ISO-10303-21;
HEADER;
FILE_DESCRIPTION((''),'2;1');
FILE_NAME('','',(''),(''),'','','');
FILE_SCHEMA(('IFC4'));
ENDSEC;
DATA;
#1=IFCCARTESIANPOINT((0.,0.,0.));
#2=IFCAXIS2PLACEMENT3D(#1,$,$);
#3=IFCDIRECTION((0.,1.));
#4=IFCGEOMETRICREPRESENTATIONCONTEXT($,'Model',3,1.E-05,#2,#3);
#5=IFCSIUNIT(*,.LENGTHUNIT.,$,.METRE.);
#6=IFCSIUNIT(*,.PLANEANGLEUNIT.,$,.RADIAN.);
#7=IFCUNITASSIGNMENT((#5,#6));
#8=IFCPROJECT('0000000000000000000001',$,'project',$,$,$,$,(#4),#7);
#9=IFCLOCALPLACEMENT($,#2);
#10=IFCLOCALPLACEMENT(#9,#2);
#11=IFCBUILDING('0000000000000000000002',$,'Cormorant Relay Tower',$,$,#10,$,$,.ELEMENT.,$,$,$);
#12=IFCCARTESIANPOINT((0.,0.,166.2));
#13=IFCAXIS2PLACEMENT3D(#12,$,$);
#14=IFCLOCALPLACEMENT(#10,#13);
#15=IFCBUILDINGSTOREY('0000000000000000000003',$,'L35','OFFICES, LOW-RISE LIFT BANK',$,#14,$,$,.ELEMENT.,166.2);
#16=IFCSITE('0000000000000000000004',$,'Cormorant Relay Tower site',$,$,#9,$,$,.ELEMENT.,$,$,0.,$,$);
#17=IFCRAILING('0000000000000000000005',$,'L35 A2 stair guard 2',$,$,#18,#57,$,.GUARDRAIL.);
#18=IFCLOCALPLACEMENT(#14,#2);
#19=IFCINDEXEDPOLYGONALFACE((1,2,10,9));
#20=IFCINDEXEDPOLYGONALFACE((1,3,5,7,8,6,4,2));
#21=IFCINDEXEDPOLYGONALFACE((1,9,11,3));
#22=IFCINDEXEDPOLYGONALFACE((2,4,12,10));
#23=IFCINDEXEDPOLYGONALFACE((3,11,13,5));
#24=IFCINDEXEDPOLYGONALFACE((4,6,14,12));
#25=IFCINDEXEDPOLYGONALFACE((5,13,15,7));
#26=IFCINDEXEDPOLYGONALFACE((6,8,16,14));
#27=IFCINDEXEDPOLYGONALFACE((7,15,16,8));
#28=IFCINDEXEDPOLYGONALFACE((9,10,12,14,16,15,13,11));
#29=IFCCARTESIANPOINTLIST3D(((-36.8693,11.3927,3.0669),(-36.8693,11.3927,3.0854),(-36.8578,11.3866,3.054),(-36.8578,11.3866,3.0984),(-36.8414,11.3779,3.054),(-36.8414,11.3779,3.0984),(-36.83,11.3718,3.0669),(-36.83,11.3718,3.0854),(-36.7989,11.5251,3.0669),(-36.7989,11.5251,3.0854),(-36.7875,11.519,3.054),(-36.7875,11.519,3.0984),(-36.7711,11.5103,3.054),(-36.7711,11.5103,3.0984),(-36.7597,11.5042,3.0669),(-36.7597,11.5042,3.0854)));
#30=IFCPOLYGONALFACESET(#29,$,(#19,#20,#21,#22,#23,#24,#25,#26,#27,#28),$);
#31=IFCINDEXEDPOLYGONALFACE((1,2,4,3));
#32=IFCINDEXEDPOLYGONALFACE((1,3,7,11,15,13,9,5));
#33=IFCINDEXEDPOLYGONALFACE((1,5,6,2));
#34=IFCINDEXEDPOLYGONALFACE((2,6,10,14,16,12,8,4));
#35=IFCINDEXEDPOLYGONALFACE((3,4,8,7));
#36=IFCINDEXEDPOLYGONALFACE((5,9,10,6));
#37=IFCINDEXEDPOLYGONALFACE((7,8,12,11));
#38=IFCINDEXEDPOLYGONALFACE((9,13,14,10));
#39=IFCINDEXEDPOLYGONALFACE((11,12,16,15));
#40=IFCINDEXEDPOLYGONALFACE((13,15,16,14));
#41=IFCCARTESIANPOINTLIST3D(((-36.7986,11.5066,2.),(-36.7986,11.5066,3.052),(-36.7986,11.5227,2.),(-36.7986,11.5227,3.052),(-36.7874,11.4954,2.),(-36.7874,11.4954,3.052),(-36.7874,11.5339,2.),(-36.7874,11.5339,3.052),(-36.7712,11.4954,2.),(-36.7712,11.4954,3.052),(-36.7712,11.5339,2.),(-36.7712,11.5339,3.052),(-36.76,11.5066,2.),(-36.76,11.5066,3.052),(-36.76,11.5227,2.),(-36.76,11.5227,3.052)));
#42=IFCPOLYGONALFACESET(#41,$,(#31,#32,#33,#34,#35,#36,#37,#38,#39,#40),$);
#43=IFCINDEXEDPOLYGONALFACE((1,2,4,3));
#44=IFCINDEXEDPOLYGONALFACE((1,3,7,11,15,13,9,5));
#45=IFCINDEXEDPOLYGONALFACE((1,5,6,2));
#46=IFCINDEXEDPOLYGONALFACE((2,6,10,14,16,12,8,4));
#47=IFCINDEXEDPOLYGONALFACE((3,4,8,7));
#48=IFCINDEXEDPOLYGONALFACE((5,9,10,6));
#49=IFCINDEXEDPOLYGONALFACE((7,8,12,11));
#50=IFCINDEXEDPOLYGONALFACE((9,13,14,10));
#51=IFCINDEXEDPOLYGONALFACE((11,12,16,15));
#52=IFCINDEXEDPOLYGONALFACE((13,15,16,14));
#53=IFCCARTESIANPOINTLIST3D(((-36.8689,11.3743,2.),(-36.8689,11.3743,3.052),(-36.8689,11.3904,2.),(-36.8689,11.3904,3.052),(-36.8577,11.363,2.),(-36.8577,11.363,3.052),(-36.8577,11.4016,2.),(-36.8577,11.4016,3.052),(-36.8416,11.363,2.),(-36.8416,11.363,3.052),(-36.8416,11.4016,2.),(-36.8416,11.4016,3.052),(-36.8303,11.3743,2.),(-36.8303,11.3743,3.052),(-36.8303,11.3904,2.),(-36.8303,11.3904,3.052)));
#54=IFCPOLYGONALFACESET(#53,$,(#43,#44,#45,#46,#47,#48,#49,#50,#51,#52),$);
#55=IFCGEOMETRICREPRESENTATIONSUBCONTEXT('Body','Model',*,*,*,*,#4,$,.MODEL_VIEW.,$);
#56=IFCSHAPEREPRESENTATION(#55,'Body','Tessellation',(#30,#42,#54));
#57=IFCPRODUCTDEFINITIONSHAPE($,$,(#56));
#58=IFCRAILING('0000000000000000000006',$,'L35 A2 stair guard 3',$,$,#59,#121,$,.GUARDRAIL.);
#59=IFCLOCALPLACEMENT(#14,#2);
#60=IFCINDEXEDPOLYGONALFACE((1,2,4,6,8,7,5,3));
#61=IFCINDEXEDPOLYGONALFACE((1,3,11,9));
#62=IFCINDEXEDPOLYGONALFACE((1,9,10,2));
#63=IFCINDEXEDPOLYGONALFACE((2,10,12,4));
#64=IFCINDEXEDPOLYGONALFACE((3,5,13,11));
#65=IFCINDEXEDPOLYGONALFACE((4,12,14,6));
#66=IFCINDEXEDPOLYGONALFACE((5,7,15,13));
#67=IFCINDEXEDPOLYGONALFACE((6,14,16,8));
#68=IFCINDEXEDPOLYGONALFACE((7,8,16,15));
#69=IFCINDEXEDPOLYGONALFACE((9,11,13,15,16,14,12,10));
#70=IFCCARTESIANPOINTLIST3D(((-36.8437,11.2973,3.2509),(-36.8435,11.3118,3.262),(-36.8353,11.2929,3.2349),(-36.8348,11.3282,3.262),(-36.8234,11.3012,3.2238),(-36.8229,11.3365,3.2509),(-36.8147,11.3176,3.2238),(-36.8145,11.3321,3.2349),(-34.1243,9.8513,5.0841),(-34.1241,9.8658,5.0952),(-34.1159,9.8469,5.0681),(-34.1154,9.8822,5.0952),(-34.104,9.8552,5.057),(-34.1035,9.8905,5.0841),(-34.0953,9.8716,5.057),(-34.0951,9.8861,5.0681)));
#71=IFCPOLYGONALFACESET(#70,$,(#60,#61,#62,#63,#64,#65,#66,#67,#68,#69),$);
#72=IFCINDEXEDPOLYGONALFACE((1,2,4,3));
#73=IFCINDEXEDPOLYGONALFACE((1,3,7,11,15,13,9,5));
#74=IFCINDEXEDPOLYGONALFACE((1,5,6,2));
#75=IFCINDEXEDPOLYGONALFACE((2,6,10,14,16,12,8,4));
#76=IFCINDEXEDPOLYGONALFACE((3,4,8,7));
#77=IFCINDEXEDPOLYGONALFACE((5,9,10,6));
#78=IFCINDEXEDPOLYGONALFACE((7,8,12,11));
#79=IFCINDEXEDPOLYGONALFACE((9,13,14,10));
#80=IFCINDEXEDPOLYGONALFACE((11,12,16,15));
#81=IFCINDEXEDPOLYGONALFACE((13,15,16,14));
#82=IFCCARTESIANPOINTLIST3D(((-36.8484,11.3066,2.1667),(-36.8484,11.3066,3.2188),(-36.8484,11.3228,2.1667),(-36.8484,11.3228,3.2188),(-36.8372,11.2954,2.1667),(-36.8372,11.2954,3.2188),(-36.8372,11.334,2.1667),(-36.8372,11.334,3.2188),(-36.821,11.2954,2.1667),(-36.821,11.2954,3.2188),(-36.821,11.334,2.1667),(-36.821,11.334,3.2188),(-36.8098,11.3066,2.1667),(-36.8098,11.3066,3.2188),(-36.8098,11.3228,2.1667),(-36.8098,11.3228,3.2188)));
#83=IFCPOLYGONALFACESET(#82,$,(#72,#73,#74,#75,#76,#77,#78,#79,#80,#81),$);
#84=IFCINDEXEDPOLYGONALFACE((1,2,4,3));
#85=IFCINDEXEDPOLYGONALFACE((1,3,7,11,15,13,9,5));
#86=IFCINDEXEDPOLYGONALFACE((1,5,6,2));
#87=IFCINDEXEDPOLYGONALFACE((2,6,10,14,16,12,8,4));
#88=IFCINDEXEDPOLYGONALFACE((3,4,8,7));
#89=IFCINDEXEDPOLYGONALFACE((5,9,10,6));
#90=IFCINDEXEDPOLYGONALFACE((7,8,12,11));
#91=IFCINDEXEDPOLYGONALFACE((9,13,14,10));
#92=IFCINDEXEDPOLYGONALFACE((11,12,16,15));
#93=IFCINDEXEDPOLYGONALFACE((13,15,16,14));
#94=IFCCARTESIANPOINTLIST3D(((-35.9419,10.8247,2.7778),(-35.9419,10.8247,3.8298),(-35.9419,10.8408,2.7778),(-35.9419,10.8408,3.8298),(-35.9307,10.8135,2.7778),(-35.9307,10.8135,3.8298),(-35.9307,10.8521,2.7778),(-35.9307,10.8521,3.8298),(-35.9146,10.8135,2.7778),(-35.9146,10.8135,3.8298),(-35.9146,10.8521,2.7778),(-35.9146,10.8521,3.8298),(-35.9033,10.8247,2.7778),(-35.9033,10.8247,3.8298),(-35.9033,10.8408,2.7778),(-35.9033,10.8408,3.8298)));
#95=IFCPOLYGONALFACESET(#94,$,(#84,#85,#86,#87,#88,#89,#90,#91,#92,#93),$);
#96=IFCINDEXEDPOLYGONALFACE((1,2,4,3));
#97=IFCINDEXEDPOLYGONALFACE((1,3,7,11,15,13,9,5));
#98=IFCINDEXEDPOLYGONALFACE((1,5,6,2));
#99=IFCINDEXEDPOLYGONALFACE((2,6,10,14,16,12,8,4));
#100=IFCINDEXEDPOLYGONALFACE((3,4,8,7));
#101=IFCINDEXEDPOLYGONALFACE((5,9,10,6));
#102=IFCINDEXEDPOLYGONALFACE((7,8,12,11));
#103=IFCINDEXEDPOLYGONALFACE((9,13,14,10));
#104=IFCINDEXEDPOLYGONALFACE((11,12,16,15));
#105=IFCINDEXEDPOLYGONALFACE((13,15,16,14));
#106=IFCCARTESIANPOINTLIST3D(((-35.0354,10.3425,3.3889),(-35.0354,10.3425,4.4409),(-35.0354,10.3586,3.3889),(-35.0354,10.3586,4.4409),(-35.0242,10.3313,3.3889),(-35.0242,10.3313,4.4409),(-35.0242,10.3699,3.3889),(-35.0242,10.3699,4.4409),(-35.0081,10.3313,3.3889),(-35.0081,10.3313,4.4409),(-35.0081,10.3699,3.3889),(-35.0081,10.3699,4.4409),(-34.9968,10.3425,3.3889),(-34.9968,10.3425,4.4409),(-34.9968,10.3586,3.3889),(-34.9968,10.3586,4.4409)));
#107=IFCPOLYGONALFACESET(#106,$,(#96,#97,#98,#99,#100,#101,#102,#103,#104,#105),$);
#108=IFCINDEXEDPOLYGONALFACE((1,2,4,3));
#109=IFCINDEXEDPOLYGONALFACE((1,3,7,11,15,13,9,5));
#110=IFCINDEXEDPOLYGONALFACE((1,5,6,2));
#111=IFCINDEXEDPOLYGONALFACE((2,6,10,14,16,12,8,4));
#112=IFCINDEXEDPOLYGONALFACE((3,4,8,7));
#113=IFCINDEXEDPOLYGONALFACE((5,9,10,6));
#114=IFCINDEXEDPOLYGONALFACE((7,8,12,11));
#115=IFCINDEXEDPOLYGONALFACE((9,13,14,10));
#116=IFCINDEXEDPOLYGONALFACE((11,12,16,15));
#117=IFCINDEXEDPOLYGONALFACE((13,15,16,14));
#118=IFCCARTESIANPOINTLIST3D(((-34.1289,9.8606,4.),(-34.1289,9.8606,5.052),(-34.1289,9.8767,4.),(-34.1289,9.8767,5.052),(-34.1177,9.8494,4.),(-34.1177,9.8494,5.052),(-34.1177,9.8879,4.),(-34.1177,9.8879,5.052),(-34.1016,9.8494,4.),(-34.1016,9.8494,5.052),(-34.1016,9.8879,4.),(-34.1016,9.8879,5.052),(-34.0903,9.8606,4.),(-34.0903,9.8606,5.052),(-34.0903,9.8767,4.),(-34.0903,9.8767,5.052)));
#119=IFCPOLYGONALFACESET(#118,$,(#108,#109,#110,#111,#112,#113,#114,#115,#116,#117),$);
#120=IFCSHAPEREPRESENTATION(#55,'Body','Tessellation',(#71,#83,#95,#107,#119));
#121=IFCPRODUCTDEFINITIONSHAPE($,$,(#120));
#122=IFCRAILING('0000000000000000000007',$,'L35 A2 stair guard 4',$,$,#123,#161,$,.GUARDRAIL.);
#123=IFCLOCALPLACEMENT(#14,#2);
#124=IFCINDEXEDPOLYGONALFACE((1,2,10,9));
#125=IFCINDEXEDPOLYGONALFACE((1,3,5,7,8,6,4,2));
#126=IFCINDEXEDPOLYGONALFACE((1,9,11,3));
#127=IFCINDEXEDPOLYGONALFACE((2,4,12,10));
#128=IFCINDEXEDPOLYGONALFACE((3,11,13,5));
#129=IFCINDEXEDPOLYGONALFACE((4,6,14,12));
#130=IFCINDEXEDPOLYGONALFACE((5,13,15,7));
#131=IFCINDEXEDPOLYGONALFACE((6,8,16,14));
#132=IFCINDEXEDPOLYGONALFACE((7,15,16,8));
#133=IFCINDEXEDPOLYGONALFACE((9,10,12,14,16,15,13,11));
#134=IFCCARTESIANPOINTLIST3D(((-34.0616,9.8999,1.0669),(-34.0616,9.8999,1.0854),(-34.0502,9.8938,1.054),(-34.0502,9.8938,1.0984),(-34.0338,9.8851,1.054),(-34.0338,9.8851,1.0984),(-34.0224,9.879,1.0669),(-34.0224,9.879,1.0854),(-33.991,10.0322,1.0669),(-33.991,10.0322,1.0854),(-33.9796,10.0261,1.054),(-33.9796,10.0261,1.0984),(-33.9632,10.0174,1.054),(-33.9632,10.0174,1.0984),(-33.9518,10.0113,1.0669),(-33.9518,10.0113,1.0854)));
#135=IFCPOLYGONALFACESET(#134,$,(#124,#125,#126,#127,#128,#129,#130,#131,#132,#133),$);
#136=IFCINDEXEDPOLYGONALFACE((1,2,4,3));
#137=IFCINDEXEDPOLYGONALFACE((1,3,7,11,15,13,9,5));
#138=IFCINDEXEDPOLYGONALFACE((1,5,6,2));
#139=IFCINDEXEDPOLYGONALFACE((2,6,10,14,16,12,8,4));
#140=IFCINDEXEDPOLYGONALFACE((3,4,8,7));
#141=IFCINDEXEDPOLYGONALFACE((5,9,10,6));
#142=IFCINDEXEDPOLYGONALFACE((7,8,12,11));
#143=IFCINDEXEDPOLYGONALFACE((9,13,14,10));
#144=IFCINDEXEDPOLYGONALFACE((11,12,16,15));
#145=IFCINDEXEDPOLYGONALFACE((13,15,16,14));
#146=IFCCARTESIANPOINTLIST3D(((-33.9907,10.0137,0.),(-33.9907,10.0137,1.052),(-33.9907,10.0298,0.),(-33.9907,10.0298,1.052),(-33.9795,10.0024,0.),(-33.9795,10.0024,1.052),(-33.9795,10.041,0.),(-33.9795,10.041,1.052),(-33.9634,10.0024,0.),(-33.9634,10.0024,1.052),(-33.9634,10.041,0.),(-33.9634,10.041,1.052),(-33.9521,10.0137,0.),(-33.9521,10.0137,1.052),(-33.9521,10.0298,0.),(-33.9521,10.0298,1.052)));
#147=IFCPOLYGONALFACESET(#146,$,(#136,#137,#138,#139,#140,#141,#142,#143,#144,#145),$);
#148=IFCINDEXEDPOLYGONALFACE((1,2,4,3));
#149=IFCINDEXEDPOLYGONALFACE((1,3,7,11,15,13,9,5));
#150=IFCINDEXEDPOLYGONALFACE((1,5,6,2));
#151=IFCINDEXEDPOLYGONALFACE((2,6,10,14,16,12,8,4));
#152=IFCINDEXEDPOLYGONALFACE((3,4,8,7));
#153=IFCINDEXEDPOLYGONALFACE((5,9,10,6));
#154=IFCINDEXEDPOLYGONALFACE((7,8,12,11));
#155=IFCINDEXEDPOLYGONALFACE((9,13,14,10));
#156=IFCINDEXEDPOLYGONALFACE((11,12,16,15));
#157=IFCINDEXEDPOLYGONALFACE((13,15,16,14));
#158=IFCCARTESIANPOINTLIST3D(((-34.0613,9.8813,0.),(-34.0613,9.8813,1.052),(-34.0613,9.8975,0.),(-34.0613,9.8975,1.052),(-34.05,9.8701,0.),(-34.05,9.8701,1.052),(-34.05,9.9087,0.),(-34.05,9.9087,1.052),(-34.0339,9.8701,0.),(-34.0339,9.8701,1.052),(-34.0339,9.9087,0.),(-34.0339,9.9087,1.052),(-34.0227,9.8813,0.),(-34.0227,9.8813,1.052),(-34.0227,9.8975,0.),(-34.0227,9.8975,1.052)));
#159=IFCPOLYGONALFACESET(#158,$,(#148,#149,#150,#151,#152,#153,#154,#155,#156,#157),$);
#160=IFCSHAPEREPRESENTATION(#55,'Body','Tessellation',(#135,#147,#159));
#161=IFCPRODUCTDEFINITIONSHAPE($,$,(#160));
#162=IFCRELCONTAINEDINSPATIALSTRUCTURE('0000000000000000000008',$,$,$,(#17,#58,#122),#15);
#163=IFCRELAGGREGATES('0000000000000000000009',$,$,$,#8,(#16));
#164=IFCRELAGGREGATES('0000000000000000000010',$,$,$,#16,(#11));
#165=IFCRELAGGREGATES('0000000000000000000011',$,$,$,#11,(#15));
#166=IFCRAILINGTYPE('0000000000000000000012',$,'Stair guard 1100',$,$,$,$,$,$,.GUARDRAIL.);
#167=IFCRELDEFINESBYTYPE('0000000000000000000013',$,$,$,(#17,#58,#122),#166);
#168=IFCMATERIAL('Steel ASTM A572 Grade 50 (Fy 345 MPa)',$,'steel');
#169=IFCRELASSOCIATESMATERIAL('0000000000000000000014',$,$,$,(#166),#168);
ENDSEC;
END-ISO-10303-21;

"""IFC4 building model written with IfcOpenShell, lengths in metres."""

from ifc_helpers import new_model, si_unit, direction, frame, origin, place, context, subcontext, project, spatial, polyline, outline, extrude, material, type_object, element, save


model = new_model("IFC4")

# Units and contexts
model_context = context("Model", 3, precision=1e-05, world=origin(), true_north=direction((0.0, 1.0)))
body_context = subcontext(model_context, "Body", "Model", "MODEL_VIEW")
ifc_project = project(units=[si_unit("LENGTHUNIT", "METRE"), si_unit("PLANEANGLEUNIT", "RADIAN")], contexts=[model_context])

# Site, building, storey
site_placement = place(None, origin())
site = spatial("IfcSite", under=ifc_project, at=site_placement, Name="Cormorant Relay Tower site", CompositionType="ELEMENT", RefElevation=0.0)
building_placement = place(site_placement, origin())
building = spatial("IfcBuilding", under=site, at=building_placement, Name="Cormorant Relay Tower", CompositionType="ELEMENT")
storey_placement = place(building_placement, frame((0.0, 0.0, 166.2)))
storey = spatial("IfcBuildingStorey", under=building, at=storey_placement, Name="L35", Description="OFFICES, LOW-RISE LIFT BANK", CompositionType="ELEMENT", Elevation=166.2)

# Railings
ifc_material_1 = material(Name="Steel ASTM A572 Grade 50 (Fy 345 MPa)", Category="steel")
railing_type_1 = type_object("IfcRailingType", Name="Stair guard 1100", PredefinedType="GUARDRAIL", material=ifc_material_1)
railing_1_placement = place(storey_placement, frame((-36.7793, 11.5146, 2.0)))
element("IfcRailing", 1, at=railing_1_placement, inside=storey, type_object=railing_type_1, Name="L35 A2 stair guard 2", PredefinedType="GUARDRAIL", context=body_context, shape_type="SweptSolid", body=[
    extrude(outline(polyline([(0.0222, 0.0093), (0.0093, 0.0222), (-0.0093, 0.0222), (-0.0222, 0.0093), (-0.0222, -0.0093), (-0.0093, -0.0222), (0.0093, -0.0222), (0.0222, -0.0093), (0.0222, 0.0093)])), frame((0.0, 0.0, 1.0762), z_axis=(-0.469235, -0.883074, 0.0), x_axis=(0.883074, -0.469235, 0.0)), (0.0, 0.0, 1.0), 0.1499),
    extrude(outline(polyline([(0.0193, 0.0081), (0.0081, 0.0193), (-0.0081, 0.0193), (-0.0193, 0.0081), (-0.0193, -0.0081), (-0.0081, -0.0193), (0.0081, -0.0193), (0.0193, -0.0081), (0.0193, 0.0081)])), origin(), (0.0, 0.0, 1.0), 1.052),
    extrude(outline(polyline([(0.0193, 0.0081), (0.0081, 0.0193), (-0.0081, 0.0193), (-0.0193, 0.0081), (-0.0193, -0.0081), (-0.0081, -0.0193), (0.0081, -0.0193), (0.0193, -0.0081), (0.0193, 0.0081)])), frame((-0.0703, -0.1323, 0.0)), (0.0, 0.0, 1.0), 1.052),
])
railing_2_placement = place(storey_placement, frame((-36.8291, 11.3147, 2.1667)))
element("IfcRailing", 2, at=railing_2_placement, inside=storey, type_object=railing_type_1, Name="L35 A2 stair guard 3", PredefinedType="GUARDRAIL", context=body_context, shape_type="SweptSolid", body=[
    extrude(outline(polyline([(0.0222, 0.0093), (0.0093, 0.0222), (-0.0093, 0.0222), (-0.0222, 0.0093), (-0.0222, -0.0093), (-0.0093, -0.0222), (0.0093, -0.0222), (0.0222, -0.0093), (0.0222, 0.0093)])), frame((0.0, 0.0, 1.0762), z_axis=(0.758714, -0.403435, 0.511463), x_axis=(0.469489, 0.882938, 0.0)), (0.0, 0.0, 1.0), 3.5842),
    extrude(outline(polyline([(0.0193, 0.0081), (0.0081, 0.0193), (-0.0081, 0.0193), (-0.0193, 0.0081), (-0.0193, -0.0081), (-0.0081, -0.0193), (0.0081, -0.0193), (0.0193, -0.0081), (0.0193, 0.0081)])), origin(), (0.0, 0.0, 1.0), 1.052),
    extrude(outline(polyline([(0.0193, 0.0081), (0.0081, 0.0193), (-0.0081, 0.0193), (-0.0193, 0.0081), (-0.0193, -0.0081), (-0.0081, -0.0193), (0.0081, -0.0193), (0.0193, -0.0081), (0.0193, 0.0081)])), frame((0.9065, -0.4819, 0.6111)), (0.0, 0.0, 1.0), 1.052),
    extrude(outline(polyline([(0.0193, 0.0081), (0.0081, 0.0193), (-0.0081, 0.0193), (-0.0193, 0.0081), (-0.0193, -0.0081), (-0.0081, -0.0193), (0.0081, -0.0193), (0.0193, -0.0081), (0.0193, 0.0081)])), frame((1.813, -0.9641, 1.2222)), (0.0, 0.0, 1.0), 1.052),
    extrude(outline(polyline([(0.0193, 0.0081), (0.0081, 0.0193), (-0.0081, 0.0193), (-0.0193, 0.0081), (-0.0193, -0.0081), (-0.0081, -0.0193), (0.0081, -0.0193), (0.0193, -0.0081), (0.0193, 0.0081)])), frame((2.7195, -1.446, 1.8333)), (0.0, 0.0, 1.0), 1.052),
])
railing_3_placement = place(storey_placement, frame((-33.9714, 10.0217, 0.0)))
element("IfcRailing", 3, at=railing_3_placement, inside=storey, type_object=railing_type_1, Name="L35 A2 stair guard 4", PredefinedType="GUARDRAIL", context=body_context, shape_type="SweptSolid", body=[
    extrude(outline(polyline([(0.0222, 0.0093), (0.0093, 0.0222), (-0.0093, 0.0222), (-0.0222, 0.0093), (-0.0222, -0.0093), (-0.0093, -0.0222), (0.0093, -0.0222), (0.0222, -0.0093), (0.0222, 0.0093)])), frame((0.0, 0.0, 1.0762), z_axis=(-0.470504, -0.882398, 0.0), x_axis=(0.882398, -0.470504, 0.0)), (0.0, 0.0, 1.0), 0.1499),
    extrude(outline(polyline([(0.0193, 0.0081), (0.0081, 0.0193), (-0.0081, 0.0193), (-0.0193, 0.0081), (-0.0193, -0.0081), (-0.0081, -0.0193), (0.0081, -0.0193), (0.0193, -0.0081), (0.0193, 0.0081)])), origin(), (0.0, 0.0, 1.0), 1.052),
    extrude(outline(polyline([(0.0193, 0.0081), (0.0081, 0.0193), (-0.0081, 0.0193), (-0.0193, 0.0081), (-0.0193, -0.0081), (-0.0081, -0.0193), (0.0081, -0.0193), (0.0193, -0.0081), (0.0193, 0.0081)])), frame((-0.0706, -0.1323, 0.0)), (0.0, 0.0, 1.0), 1.052),
])

save(model, "model.ifc")
